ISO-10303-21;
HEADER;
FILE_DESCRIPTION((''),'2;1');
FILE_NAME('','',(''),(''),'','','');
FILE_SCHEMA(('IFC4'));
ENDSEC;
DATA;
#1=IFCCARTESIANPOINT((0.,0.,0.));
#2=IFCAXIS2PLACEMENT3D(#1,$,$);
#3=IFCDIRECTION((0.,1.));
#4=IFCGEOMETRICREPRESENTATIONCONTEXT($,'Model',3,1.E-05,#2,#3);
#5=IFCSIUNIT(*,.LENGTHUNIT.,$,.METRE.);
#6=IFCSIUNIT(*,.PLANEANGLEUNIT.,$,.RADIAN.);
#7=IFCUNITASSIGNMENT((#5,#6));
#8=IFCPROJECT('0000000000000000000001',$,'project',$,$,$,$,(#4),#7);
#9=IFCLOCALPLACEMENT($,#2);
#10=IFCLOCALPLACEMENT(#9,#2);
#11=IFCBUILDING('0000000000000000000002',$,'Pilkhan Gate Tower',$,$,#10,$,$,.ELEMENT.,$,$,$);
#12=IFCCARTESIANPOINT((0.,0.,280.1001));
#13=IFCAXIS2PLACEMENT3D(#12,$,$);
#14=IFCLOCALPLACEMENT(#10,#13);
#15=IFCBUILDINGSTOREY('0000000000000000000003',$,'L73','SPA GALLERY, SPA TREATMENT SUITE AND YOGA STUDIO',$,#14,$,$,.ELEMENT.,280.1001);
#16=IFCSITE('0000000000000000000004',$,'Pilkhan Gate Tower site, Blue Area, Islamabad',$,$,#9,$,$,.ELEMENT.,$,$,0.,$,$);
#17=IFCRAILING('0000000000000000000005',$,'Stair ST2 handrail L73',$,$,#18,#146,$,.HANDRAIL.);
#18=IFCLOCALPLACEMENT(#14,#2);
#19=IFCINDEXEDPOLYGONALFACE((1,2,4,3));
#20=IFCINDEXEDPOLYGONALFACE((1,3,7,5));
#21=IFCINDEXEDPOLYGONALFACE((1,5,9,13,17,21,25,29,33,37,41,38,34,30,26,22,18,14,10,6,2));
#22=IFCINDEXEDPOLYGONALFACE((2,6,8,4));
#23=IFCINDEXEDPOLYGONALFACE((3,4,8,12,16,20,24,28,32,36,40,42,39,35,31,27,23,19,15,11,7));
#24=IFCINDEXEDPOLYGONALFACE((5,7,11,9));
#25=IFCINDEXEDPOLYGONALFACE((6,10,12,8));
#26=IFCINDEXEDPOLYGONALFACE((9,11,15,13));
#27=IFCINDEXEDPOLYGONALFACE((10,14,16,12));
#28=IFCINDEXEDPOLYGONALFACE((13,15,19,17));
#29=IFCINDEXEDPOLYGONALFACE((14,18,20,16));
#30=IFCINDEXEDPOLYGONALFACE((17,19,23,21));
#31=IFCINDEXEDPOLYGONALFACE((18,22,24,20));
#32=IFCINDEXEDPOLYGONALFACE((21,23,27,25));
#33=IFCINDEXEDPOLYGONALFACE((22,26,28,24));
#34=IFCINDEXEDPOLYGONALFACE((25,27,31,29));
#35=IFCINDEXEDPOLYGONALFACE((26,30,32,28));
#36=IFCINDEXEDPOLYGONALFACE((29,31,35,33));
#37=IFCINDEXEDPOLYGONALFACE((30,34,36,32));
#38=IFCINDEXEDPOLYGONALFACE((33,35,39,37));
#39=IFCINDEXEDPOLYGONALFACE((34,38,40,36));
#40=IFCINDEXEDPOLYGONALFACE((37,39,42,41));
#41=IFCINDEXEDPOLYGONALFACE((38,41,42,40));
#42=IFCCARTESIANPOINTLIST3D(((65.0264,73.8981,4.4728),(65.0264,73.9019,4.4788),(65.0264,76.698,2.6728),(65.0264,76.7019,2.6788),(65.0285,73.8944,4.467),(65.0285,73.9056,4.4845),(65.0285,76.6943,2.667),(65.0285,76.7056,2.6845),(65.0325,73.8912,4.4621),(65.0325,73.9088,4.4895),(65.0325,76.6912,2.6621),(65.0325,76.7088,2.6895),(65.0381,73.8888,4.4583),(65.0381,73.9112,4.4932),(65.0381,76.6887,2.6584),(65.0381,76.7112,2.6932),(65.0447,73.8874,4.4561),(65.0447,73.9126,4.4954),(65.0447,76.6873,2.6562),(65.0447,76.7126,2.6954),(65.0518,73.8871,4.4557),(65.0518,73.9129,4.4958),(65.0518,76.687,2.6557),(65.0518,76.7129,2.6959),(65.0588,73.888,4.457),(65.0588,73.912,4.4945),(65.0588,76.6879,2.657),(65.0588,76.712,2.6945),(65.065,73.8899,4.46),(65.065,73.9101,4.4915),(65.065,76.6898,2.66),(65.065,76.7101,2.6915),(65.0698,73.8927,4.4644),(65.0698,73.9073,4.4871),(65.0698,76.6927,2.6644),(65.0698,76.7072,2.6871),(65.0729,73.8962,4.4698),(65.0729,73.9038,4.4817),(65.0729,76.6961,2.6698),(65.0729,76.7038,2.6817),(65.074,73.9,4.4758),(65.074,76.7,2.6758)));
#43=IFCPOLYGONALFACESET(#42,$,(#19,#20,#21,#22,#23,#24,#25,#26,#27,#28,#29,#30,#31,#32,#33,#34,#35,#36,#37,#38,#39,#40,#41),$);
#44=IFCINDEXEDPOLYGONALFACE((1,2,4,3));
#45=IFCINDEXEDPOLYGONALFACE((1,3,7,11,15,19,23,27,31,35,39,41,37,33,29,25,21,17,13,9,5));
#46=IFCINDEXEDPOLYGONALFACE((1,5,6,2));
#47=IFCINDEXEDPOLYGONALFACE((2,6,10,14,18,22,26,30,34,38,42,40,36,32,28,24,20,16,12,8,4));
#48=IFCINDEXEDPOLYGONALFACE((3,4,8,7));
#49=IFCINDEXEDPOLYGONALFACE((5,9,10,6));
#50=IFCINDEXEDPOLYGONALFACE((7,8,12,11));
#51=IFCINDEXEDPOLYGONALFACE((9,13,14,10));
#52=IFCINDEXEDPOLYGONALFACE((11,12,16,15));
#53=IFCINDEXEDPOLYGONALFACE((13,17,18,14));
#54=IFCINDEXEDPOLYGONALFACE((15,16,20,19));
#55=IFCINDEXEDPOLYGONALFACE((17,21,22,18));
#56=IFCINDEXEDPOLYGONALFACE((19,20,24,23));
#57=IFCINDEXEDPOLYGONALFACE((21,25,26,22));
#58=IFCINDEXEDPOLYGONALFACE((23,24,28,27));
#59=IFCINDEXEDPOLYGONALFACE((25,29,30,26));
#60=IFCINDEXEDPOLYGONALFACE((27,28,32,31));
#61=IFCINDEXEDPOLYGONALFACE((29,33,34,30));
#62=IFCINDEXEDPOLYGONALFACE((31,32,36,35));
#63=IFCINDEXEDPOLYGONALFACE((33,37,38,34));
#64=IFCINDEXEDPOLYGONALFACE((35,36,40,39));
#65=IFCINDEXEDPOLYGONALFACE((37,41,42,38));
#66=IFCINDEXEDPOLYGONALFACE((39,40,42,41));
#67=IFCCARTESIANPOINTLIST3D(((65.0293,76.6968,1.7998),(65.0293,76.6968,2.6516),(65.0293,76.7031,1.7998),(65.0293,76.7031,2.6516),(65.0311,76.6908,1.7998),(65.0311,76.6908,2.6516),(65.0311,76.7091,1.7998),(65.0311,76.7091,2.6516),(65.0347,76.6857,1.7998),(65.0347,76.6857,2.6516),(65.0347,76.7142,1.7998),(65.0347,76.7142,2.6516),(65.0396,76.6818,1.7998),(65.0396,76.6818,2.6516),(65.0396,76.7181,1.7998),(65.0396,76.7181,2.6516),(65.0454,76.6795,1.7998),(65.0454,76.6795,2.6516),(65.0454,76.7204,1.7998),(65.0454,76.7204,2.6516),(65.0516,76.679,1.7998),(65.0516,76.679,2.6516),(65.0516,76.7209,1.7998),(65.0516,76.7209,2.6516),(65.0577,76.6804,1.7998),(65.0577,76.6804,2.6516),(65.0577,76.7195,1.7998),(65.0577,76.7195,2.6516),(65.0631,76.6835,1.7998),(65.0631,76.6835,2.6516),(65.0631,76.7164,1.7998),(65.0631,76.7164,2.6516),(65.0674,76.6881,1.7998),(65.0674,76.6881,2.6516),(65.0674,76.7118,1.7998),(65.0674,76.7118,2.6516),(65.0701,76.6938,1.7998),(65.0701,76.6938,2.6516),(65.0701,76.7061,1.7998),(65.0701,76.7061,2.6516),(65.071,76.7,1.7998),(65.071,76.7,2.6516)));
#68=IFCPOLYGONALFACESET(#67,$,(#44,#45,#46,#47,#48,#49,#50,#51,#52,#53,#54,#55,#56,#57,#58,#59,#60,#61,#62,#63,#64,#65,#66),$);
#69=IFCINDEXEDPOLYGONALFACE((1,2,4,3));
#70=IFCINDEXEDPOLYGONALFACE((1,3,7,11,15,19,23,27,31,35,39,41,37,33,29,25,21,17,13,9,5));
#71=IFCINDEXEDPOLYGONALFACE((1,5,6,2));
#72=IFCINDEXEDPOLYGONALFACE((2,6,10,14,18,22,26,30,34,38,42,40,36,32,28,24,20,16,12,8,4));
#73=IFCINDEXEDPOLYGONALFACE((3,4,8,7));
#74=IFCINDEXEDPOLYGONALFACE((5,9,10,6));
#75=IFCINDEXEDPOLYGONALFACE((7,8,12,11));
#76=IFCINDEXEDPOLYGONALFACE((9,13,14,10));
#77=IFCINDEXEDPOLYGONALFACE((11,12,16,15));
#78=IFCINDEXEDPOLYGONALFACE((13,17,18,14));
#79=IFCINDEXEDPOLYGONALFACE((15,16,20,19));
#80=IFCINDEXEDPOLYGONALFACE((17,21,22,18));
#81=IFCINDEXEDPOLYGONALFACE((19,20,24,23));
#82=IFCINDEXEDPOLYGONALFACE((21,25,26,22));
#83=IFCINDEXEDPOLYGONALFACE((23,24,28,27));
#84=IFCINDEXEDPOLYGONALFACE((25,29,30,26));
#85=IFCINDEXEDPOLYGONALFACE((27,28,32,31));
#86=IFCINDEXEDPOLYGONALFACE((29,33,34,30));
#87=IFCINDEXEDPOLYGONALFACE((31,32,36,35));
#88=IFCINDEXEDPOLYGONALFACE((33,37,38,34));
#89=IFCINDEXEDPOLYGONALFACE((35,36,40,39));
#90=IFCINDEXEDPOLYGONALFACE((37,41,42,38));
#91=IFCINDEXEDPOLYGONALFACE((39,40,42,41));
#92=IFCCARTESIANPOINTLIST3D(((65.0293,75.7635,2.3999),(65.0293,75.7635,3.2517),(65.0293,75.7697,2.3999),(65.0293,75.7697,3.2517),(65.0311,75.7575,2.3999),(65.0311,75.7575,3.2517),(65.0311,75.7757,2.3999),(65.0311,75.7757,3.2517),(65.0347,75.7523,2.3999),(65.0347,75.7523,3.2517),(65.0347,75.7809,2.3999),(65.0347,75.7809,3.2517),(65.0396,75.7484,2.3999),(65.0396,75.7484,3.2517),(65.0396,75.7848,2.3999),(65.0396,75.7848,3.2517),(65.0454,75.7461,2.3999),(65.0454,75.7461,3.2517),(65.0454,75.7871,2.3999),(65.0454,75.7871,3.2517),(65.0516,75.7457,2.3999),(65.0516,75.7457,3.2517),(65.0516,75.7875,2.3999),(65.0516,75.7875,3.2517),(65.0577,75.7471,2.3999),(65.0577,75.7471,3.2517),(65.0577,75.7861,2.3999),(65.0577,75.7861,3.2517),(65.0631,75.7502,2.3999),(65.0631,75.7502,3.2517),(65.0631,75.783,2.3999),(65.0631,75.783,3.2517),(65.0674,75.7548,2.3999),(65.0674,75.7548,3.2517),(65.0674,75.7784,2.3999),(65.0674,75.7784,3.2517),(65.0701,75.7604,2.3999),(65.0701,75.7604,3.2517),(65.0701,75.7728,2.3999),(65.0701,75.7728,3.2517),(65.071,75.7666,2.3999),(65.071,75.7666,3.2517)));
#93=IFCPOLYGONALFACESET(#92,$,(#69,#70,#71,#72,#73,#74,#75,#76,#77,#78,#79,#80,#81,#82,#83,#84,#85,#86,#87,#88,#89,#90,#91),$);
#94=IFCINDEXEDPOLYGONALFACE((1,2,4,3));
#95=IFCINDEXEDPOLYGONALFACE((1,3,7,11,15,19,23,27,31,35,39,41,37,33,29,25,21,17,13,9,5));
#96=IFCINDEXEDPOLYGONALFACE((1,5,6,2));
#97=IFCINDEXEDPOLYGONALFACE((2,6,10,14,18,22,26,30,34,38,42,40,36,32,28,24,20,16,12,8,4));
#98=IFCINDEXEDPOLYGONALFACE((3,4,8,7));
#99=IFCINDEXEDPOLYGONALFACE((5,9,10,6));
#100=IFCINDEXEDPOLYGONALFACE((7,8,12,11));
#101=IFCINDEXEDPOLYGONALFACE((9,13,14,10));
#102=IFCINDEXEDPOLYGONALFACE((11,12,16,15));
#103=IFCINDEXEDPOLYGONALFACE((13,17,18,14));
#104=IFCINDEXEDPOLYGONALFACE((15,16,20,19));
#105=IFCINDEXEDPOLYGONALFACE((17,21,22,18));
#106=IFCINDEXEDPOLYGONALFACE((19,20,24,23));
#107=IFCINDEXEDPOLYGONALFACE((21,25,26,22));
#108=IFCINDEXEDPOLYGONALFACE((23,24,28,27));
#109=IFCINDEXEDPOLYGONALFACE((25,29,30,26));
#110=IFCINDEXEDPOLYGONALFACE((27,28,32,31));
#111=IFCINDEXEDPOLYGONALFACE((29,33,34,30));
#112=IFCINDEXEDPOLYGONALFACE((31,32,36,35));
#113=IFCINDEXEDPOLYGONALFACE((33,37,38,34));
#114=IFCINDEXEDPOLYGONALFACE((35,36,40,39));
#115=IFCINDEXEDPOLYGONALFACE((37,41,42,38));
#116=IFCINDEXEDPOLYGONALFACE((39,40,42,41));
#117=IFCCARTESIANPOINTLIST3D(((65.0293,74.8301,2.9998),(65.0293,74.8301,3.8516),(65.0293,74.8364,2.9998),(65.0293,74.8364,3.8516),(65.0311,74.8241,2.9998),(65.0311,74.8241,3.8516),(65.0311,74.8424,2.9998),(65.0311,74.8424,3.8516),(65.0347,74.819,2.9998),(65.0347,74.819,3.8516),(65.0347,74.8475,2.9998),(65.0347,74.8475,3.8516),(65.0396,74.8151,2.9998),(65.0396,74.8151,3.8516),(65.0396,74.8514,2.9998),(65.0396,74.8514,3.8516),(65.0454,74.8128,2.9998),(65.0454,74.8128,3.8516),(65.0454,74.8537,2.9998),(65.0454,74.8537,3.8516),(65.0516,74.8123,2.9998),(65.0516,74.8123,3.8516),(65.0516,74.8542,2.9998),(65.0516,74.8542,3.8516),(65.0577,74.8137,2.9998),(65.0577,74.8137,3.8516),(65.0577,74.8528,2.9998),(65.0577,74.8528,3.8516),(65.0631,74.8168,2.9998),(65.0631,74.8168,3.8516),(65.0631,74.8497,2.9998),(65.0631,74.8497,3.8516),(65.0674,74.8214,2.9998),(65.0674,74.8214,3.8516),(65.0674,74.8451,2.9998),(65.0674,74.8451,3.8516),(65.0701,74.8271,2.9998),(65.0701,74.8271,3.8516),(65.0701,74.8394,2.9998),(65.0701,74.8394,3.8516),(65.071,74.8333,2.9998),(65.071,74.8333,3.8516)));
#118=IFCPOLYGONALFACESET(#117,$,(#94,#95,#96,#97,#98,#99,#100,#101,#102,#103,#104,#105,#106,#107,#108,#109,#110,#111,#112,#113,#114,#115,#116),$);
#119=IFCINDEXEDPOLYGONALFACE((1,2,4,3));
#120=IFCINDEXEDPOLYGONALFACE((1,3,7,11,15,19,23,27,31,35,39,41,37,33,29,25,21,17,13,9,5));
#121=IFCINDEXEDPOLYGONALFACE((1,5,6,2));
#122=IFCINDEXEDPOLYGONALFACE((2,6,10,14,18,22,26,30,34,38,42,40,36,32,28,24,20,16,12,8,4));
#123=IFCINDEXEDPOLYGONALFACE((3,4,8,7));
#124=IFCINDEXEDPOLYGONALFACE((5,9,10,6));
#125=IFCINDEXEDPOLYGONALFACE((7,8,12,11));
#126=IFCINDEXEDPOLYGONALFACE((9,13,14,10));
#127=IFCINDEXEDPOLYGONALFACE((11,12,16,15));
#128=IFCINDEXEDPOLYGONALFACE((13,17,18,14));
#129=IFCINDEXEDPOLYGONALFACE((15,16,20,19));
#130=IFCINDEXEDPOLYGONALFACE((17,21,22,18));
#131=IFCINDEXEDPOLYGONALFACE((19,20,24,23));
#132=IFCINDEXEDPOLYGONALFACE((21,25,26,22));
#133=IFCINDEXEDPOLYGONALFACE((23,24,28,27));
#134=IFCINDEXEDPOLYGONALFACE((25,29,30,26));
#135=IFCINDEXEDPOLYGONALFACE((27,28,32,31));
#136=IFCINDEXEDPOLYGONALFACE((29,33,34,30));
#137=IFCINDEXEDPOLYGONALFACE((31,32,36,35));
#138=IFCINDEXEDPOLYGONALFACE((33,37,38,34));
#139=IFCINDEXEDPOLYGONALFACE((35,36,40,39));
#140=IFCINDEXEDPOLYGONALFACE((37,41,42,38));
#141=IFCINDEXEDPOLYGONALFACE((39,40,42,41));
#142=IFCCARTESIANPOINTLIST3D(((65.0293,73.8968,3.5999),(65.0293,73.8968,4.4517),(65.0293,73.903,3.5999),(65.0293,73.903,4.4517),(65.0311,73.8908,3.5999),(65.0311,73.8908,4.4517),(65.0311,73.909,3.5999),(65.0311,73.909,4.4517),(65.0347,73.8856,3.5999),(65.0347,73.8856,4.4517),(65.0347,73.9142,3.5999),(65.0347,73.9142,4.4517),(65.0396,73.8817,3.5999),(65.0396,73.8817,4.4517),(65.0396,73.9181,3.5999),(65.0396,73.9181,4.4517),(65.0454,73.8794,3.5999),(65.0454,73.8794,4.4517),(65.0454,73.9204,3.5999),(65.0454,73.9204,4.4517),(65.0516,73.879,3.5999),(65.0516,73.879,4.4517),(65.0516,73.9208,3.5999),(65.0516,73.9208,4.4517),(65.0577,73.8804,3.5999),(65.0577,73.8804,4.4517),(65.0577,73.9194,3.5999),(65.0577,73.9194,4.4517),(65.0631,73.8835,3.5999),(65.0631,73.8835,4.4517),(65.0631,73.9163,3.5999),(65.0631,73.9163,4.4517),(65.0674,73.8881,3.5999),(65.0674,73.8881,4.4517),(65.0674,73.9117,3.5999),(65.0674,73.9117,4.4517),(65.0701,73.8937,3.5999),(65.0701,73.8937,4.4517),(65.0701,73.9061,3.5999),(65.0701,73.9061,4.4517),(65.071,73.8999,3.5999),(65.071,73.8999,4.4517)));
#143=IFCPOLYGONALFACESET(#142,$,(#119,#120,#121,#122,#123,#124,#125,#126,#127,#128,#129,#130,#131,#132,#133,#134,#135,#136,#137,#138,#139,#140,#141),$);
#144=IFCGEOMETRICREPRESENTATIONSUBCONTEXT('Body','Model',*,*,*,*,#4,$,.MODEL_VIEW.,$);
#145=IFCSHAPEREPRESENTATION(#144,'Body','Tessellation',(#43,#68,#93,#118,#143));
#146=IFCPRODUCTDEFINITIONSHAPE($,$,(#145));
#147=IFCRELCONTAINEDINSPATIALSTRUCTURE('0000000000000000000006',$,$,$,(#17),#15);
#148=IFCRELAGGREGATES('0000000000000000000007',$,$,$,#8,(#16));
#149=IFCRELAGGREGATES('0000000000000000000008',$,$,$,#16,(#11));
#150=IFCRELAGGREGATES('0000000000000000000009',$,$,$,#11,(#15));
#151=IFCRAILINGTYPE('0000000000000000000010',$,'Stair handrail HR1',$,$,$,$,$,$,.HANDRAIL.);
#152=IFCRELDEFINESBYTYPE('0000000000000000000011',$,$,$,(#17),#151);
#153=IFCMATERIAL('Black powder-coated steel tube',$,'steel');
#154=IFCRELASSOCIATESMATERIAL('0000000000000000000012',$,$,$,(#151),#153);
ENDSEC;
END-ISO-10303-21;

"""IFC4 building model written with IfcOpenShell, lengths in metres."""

from ifc_helpers import new_model, si_unit, direction, frame, origin, origin_2d, place, context, subcontext, project, spatial, circle, extrude, material, type_object, element, save


model = new_model("IFC4")

# Units and contexts
model_context = context("Model", 3, precision=1e-05, world=origin(), true_north=direction((0.0, 1.0)))
body_context = subcontext(model_context, "Body", "Model", "MODEL_VIEW")
ifc_project = project(units=[si_unit("LENGTHUNIT", "METRE"), si_unit("PLANEANGLEUNIT", "RADIAN")], contexts=[model_context])

# Site, building, storey
site_placement = place(None, origin())
site = spatial("IfcSite", under=ifc_project, at=site_placement, Name="Pilkhan Gate Tower site, Blue Area, Islamabad", CompositionType="ELEMENT", RefElevation=0.0)
building_placement = place(site_placement, origin())
building = spatial("IfcBuilding", under=site, at=building_placement, Name="Pilkhan Gate Tower", CompositionType="ELEMENT")
storey_placement = place(building_placement, frame((0.0, 0.0, 280.1001)))
storey = spatial("IfcBuildingStorey", under=building, at=storey_placement, Name="L73", Description="SPA GALLERY, SPA TREATMENT SUITE AND YOGA STUDIO", CompositionType="ELEMENT", Elevation=280.1001)

# Railing
ifc_material_1 = material(Name="Black powder-coated steel tube", Category="steel")
railing_type_1 = type_object("IfcRailingType", Name="Stair handrail HR1", PredefinedType="HANDRAIL", material=ifc_material_1)
railing_1_placement = place(storey_placement, frame((65.05, 76.7, 1.7998)))
element("IfcRailing", 1, at=railing_1_placement, inside=storey, type_object=railing_type_1, Name="Stair ST2 handrail L73", PredefinedType="HANDRAIL", context=body_context, shape_type="SweptSolid", body=[
    extrude(circle(Radius=0.0239, at=origin_2d()), frame((0.0, 0.0, 0.876), z_axis=(0.0, -0.841176, 0.540761), x_axis=(1.0, 0.0, 0.0)), (0.0, 0.0, 1.0), 3.3286),
    extrude(circle(Radius=0.021, at=origin_2d()), origin(), (0.0, 0.0, 1.0), 0.8518),
    extrude(circle(Radius=0.021, at=origin_2d()), frame((0.0, -0.9333, 0.6001)), (0.0, 0.0, 1.0), 0.8518),
    extrude(circle(Radius=0.021, at=origin_2d()), frame((0.0, -1.8667, 1.2)), (0.0, 0.0, 1.0), 0.8518),
    extrude(circle(Radius=0.021, at=origin_2d()), frame((0.0, -2.8, 1.8)), (0.0, 0.0, 1.0), 0.8518),
])

save(model, "model.ifc")
